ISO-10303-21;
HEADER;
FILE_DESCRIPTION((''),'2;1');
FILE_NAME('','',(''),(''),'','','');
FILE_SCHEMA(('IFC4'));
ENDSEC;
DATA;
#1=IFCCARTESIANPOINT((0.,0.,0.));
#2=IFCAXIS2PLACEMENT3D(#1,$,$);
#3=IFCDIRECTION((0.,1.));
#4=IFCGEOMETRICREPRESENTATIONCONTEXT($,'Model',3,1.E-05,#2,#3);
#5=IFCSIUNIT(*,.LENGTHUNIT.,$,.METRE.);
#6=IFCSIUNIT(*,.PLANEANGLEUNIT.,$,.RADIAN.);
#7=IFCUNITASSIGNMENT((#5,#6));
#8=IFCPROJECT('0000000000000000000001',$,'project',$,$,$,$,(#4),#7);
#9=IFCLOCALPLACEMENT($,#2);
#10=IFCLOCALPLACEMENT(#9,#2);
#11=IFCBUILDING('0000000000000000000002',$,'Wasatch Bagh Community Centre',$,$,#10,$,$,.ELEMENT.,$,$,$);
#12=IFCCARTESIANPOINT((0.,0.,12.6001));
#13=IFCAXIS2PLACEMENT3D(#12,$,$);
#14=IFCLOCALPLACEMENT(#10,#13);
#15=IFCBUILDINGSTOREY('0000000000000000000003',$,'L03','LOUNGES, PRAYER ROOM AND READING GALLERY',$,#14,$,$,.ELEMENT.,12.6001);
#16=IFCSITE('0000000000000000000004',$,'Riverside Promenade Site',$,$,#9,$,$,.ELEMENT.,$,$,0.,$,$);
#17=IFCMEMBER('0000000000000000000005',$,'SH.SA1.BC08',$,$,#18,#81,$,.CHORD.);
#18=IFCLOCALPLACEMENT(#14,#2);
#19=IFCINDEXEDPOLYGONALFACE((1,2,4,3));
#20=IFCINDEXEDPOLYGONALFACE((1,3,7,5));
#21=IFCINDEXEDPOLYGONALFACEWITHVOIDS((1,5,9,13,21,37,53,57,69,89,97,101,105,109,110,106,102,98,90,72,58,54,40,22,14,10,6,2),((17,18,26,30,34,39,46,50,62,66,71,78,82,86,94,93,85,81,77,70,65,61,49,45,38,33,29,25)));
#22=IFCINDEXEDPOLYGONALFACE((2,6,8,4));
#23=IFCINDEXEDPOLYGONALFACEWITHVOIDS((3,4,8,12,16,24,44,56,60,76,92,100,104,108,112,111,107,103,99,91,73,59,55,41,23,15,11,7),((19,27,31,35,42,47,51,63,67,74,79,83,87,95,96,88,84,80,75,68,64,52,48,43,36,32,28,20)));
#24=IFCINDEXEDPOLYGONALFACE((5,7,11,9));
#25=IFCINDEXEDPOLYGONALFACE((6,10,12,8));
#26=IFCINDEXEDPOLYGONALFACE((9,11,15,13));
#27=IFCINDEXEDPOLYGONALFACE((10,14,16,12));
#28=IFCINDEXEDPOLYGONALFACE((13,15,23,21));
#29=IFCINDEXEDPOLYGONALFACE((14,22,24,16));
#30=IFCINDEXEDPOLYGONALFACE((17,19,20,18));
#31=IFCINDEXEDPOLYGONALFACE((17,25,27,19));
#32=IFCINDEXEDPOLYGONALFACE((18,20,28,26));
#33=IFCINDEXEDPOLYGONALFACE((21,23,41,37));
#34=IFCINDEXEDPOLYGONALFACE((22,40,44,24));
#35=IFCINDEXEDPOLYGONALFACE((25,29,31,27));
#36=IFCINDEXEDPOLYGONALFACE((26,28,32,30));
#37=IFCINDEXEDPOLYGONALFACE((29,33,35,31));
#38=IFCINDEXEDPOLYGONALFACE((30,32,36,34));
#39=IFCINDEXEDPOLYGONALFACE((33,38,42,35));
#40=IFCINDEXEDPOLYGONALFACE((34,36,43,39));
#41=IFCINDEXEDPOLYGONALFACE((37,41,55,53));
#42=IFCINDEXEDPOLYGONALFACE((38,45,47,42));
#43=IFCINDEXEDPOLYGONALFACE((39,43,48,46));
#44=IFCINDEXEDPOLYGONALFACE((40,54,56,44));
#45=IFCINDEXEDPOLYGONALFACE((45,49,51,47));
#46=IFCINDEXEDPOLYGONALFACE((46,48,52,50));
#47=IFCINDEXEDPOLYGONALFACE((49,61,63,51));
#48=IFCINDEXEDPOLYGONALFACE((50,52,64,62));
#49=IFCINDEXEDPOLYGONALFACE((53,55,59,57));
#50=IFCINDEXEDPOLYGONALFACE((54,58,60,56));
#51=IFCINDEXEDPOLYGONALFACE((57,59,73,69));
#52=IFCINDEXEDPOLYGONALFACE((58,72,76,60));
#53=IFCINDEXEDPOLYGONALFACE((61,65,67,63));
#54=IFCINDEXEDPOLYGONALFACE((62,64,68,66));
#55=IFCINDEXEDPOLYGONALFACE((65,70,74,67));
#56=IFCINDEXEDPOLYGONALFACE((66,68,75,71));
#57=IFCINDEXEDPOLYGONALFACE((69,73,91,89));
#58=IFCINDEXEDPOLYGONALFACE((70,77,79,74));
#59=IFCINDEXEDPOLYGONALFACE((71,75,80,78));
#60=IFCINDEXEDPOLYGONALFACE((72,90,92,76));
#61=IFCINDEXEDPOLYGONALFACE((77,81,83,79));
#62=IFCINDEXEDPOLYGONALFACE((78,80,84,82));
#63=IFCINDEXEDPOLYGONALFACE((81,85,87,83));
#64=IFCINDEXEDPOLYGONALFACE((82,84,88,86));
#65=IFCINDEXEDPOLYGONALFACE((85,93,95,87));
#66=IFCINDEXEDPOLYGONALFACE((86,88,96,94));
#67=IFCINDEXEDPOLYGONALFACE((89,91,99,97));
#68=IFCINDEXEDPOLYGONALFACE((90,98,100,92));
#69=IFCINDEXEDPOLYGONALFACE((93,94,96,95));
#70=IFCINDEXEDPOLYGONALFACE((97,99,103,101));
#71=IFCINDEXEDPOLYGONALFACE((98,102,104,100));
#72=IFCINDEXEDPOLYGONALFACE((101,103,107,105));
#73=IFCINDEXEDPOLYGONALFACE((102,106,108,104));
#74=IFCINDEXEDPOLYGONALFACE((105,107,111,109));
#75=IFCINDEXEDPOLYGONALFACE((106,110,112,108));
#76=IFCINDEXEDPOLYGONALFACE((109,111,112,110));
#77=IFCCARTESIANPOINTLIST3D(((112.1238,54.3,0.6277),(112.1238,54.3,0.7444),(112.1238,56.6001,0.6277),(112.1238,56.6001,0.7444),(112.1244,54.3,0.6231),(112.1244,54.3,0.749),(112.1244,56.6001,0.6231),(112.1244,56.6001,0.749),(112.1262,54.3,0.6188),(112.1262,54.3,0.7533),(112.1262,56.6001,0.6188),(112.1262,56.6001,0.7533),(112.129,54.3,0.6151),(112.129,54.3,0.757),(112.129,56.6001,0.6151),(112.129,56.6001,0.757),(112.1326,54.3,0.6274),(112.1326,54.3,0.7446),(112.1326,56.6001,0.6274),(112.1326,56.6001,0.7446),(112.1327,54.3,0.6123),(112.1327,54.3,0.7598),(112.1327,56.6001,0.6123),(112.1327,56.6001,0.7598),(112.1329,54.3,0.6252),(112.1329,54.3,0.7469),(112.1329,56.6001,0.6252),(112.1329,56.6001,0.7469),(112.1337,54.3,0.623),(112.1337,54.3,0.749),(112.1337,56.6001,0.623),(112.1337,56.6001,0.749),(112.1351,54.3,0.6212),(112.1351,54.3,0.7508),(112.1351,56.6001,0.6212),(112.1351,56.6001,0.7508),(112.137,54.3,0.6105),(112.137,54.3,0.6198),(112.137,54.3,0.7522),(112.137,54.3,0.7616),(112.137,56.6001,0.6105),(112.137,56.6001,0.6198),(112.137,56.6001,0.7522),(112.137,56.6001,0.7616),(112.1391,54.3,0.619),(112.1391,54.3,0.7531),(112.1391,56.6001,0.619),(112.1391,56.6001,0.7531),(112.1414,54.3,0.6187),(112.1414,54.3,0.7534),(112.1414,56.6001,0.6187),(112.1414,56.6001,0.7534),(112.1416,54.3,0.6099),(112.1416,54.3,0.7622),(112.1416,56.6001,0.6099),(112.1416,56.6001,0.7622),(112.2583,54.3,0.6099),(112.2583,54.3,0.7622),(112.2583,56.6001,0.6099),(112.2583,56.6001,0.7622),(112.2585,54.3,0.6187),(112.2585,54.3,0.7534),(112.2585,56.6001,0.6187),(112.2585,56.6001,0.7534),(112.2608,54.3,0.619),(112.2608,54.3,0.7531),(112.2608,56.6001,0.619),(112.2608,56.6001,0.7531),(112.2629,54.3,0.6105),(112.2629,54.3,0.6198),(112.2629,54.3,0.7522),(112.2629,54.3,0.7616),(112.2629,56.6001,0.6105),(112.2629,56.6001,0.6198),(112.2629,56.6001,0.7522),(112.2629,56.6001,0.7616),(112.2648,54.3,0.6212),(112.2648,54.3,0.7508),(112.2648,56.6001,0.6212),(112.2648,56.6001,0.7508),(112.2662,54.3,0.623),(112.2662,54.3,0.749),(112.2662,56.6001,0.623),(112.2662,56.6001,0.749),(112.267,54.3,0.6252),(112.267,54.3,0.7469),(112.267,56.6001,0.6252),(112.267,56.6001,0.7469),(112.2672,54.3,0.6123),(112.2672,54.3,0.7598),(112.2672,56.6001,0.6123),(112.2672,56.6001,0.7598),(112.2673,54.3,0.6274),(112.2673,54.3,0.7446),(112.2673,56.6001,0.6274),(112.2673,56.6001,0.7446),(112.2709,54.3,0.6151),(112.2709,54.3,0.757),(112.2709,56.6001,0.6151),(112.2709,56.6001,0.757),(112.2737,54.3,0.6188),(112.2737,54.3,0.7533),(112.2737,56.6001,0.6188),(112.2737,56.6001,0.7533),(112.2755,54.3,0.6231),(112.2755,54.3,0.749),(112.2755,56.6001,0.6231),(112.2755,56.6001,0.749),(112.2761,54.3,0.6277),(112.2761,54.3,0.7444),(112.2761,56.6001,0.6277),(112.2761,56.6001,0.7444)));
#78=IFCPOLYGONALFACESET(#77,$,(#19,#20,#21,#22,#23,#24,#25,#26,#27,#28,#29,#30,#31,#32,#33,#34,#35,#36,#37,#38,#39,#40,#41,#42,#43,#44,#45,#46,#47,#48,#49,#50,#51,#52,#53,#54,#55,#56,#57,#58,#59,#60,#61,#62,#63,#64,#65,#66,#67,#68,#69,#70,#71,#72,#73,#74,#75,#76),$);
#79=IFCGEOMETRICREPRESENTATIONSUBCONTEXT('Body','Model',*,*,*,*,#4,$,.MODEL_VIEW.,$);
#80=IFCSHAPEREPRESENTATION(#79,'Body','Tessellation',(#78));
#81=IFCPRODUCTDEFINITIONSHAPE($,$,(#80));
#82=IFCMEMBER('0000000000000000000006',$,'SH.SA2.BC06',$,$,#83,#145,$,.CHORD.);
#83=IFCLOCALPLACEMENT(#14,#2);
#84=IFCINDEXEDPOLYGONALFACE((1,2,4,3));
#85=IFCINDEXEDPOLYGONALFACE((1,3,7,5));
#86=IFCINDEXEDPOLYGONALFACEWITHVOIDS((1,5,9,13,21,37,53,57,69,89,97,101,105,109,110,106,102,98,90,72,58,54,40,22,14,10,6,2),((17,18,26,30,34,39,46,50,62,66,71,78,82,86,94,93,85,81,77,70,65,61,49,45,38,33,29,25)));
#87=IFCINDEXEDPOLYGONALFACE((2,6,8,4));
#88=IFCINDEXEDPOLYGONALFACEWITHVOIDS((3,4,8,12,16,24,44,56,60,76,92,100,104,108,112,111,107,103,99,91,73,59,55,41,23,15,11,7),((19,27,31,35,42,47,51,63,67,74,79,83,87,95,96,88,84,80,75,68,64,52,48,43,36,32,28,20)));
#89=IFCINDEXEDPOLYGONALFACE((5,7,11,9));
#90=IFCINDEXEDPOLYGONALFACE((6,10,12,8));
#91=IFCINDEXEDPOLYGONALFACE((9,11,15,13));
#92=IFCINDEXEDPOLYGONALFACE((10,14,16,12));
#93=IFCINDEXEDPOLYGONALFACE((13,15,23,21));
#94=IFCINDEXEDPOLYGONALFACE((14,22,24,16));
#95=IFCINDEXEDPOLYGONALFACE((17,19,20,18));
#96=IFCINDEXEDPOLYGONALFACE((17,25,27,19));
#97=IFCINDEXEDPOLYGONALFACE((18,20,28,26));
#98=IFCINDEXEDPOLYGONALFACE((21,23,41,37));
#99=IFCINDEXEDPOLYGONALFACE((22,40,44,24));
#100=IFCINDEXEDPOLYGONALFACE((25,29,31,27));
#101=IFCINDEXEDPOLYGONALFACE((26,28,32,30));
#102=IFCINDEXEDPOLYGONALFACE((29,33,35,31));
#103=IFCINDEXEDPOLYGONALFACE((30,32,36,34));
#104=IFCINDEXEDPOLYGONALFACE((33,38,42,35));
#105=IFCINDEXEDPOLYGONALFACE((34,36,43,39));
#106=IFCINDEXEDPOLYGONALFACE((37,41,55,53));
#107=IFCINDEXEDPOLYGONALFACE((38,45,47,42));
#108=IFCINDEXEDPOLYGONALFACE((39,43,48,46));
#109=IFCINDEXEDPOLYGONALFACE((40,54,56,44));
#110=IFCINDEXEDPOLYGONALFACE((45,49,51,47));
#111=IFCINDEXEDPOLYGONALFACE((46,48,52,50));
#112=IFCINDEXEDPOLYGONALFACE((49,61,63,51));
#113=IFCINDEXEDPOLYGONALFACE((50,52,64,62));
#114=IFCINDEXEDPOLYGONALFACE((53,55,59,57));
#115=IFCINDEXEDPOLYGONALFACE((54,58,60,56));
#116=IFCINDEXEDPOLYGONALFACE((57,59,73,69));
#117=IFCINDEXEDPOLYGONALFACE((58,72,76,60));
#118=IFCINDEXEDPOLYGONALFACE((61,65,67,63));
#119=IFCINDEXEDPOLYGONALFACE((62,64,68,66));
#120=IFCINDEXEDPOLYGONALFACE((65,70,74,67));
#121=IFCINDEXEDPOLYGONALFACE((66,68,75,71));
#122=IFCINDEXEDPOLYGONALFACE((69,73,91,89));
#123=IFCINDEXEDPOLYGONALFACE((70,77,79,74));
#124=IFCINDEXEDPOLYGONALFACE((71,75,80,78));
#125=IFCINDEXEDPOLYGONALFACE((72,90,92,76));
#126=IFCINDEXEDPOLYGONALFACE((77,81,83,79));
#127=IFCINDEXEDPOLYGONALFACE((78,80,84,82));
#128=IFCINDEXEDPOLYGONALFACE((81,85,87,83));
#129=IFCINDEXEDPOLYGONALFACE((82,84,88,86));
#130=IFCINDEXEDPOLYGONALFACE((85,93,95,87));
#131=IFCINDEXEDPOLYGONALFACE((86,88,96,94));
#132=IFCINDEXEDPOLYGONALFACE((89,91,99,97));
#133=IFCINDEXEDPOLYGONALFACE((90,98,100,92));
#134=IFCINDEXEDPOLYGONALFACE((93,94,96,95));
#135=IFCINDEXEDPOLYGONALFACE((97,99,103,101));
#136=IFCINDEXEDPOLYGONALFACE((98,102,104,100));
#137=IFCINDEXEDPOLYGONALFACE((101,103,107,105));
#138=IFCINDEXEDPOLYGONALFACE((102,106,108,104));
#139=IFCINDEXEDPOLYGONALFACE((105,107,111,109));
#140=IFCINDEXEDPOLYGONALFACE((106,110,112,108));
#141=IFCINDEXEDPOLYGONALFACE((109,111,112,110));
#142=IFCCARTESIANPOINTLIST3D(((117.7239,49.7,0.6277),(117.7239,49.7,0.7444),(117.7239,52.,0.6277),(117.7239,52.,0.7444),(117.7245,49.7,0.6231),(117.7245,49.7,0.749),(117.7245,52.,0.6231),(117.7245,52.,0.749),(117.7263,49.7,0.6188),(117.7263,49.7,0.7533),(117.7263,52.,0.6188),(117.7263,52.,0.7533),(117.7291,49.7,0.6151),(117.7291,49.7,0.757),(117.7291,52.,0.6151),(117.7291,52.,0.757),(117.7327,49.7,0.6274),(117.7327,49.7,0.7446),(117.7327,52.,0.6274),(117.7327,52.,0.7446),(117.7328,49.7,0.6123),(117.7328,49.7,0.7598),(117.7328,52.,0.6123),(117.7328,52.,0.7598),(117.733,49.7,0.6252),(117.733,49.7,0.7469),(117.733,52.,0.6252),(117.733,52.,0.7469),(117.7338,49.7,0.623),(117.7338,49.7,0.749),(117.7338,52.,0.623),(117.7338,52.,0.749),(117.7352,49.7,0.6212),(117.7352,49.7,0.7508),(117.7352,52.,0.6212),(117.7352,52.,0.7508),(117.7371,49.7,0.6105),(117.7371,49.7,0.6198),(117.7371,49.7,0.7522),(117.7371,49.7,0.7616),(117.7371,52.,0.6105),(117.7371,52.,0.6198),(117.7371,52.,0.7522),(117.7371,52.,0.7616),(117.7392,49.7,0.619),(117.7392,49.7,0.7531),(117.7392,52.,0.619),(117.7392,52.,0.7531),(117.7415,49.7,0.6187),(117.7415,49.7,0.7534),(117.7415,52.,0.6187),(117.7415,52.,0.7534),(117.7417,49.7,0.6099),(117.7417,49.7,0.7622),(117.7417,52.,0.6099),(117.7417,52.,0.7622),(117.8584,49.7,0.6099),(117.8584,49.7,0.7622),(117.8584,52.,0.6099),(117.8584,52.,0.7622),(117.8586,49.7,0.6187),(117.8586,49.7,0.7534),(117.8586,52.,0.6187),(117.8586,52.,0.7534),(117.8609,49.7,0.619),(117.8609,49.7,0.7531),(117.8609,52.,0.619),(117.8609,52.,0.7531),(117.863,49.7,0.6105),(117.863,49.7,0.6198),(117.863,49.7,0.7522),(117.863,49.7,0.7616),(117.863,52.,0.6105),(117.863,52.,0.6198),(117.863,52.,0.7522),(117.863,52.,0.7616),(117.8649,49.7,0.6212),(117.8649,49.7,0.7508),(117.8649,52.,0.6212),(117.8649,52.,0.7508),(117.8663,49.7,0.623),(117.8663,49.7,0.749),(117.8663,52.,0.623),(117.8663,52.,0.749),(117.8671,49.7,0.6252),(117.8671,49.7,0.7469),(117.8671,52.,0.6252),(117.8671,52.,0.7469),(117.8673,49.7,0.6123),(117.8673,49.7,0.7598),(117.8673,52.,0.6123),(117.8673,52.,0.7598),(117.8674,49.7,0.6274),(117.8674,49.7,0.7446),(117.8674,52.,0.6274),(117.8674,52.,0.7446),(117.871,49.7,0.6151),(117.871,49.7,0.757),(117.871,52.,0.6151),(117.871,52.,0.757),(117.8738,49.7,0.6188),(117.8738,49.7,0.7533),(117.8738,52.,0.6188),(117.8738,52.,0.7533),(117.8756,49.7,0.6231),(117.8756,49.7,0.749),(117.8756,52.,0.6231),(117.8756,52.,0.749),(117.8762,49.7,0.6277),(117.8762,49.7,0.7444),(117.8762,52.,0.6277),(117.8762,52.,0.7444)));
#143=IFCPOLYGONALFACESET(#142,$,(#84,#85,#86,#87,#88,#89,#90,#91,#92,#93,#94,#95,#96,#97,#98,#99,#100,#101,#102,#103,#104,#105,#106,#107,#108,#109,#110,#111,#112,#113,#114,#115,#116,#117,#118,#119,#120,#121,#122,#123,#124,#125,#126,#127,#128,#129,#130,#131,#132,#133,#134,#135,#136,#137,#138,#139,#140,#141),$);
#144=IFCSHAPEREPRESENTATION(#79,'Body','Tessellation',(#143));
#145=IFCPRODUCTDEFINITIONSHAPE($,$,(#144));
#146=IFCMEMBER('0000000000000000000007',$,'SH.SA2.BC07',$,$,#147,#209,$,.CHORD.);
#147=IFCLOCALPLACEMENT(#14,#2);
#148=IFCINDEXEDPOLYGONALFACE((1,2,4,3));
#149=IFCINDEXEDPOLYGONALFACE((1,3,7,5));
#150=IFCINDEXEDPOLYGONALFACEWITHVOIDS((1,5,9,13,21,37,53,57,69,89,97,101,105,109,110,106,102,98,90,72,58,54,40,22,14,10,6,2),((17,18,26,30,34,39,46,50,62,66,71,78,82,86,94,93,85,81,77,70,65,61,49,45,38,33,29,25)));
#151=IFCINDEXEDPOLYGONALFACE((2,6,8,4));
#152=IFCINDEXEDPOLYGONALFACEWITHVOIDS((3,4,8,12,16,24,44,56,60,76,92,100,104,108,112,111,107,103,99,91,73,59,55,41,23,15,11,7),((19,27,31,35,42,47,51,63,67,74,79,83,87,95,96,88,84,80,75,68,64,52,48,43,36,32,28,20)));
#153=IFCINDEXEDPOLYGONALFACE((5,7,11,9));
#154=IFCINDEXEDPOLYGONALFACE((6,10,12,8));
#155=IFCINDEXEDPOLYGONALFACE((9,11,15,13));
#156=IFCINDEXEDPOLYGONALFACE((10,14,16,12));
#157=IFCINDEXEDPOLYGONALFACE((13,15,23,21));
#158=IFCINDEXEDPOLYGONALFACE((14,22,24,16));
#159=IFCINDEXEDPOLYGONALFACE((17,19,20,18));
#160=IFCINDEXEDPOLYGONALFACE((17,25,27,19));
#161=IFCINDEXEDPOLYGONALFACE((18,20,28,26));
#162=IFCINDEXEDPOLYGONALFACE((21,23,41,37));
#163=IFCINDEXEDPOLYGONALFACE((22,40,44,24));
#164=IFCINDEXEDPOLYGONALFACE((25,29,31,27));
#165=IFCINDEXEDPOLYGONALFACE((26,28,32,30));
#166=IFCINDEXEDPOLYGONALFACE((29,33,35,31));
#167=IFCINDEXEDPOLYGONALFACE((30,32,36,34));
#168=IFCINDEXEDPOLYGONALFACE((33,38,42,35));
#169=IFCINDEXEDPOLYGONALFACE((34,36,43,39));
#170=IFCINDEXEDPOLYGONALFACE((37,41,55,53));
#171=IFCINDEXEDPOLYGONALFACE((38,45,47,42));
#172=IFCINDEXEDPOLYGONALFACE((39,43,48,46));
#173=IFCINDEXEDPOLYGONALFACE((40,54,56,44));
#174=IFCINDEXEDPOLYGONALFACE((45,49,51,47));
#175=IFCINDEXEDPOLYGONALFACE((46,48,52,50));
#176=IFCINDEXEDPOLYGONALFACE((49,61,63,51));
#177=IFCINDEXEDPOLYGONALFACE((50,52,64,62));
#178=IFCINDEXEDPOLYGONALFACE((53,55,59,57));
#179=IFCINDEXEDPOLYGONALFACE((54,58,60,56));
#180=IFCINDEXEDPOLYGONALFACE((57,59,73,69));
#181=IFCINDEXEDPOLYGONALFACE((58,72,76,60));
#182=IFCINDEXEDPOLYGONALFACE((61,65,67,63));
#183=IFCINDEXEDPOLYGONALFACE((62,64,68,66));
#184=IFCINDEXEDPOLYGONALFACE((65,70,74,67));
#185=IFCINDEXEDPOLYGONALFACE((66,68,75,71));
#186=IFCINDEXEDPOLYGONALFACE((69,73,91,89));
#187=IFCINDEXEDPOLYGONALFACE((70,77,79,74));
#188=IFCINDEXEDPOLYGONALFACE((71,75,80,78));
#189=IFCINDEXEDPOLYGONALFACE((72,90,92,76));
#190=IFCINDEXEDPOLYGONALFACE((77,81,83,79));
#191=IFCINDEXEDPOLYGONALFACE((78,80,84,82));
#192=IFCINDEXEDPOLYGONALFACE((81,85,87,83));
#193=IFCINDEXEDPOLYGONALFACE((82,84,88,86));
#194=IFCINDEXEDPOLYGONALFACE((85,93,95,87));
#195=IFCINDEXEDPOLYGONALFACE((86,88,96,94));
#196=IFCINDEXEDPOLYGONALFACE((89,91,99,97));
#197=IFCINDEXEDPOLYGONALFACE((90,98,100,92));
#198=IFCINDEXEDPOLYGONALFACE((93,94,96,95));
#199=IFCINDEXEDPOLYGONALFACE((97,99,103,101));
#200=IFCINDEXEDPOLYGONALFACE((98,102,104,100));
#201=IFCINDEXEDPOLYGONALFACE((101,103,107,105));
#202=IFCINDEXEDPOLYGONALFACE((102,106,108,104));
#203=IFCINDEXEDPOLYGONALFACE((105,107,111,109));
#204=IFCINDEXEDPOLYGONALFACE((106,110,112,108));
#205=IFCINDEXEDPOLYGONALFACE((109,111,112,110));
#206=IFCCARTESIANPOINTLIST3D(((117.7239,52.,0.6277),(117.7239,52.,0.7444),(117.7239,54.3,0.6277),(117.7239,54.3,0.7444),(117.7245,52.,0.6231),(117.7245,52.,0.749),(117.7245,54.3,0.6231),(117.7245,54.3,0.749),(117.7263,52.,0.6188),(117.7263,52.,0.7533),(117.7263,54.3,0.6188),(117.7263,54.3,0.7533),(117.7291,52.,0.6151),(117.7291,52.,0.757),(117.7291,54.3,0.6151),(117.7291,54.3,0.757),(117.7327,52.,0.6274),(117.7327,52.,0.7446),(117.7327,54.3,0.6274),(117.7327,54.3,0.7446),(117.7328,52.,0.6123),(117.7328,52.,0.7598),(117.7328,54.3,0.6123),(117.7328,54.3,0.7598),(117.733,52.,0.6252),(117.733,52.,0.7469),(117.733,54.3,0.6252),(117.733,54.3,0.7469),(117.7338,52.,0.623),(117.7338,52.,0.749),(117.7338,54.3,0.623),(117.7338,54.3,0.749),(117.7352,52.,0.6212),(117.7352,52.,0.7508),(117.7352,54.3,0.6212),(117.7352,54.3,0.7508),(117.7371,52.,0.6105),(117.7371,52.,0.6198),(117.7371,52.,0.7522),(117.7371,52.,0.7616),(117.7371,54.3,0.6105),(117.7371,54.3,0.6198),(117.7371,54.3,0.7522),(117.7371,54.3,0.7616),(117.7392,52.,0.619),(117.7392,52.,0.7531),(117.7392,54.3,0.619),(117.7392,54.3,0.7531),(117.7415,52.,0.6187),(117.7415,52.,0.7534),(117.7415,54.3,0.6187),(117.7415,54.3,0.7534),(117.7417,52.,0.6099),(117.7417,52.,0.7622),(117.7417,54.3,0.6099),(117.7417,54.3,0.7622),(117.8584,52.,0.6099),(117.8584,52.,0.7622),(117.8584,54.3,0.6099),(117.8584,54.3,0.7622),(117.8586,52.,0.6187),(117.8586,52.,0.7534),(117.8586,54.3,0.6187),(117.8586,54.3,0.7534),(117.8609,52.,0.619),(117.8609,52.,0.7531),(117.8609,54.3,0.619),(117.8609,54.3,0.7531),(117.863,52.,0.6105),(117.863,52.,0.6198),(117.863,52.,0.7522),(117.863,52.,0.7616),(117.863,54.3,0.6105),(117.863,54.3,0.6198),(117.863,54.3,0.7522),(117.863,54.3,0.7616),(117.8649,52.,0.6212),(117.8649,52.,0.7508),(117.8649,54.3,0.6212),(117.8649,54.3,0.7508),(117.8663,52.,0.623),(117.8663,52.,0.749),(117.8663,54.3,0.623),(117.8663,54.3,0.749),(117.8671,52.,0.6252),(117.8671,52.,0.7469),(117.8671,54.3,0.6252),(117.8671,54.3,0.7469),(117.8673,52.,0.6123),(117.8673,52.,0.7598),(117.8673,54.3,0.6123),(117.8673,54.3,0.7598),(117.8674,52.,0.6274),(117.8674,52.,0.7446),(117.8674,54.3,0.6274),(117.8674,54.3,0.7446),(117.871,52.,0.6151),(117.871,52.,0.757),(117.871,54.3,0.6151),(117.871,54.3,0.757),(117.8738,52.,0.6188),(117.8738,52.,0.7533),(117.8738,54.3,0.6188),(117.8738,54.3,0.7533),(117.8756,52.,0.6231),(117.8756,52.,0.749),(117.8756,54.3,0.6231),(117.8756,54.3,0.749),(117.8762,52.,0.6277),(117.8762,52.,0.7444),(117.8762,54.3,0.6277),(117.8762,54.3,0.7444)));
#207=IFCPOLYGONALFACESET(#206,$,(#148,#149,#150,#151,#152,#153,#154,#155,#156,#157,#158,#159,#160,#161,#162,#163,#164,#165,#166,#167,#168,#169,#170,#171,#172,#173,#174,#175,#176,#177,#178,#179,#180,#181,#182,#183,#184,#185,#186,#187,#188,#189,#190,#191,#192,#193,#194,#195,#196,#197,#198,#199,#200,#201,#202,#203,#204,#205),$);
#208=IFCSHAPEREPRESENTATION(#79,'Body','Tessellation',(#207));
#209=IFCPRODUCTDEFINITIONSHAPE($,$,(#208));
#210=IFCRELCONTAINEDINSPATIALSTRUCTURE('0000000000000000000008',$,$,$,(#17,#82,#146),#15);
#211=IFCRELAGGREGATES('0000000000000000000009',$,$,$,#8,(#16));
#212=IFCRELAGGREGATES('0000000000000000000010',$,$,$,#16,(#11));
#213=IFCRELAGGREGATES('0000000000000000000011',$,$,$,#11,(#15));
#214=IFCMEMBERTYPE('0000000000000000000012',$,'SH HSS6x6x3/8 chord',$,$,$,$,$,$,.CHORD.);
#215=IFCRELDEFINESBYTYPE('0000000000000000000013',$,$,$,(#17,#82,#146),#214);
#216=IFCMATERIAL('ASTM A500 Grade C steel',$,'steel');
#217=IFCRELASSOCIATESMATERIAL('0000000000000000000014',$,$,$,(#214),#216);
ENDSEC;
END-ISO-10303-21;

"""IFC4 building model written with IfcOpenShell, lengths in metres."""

from ifc_helpers import new_model, si_unit, direction, frame, origin, origin_2d, place, context, subcontext, project, spatial, hollow_rectangle, extrude, material, material_profile, profile_set, type_object, element, save


model = new_model("IFC4")

# Units and contexts
model_context = context("Model", 3, precision=1e-05, world=origin(), true_north=direction((0.0, 1.0)))
body_context = subcontext(model_context, "Body", "Model", "MODEL_VIEW")
ifc_project = project(units=[si_unit("LENGTHUNIT", "METRE"), si_unit("PLANEANGLEUNIT", "RADIAN")], contexts=[model_context])

# Site, building, storey
site_placement = place(None, origin())
site = spatial("IfcSite", under=ifc_project, at=site_placement, Name="Riverside Promenade Site", CompositionType="ELEMENT", RefElevation=0.0)
building_placement = place(site_placement, origin())
building = spatial("IfcBuilding", under=site, at=building_placement, Name="Wasatch Bagh Community Centre", CompositionType="ELEMENT")
storey_placement = place(building_placement, frame((0.0, 0.0, 12.6001)))
storey = spatial("IfcBuildingStorey", under=building, at=storey_placement, Name="L03", Description="LOUNGES, PRAYER ROOM AND READING GALLERY", CompositionType="ELEMENT", Elevation=12.6001)

# Members
ifc_material_1 = material(Name="ASTM A500 Grade C steel", Category="steel")
ifc_material_profile_1 = material_profile(ifc_material_1, hollow_rectangle(XDim=0.1523, YDim=0.1523, WallThickness=0.0088, InnerFilletRadius=0.0088, OuterFilletRadius=0.0178, at=origin_2d()), Name="HSS6x6x3/8")
ifc_profile_set_1 = profile_set([ifc_material_profile_1], Name="ASTM A500 Grade C steel")
member_type_1 = type_object("IfcMemberType", Name="SH HSS6x6x3/8 chord", PredefinedType="CHORD", material=ifc_profile_set_1)
for number, where, z_axis, x_axis, name in (
    (1, (112.2, 54.3, 0.686), (0.0, 1.0, 0.0), (-1.0, 0.0, 0.0), "SH.SA1.BC08"),
    (2, (117.8, 49.7, 0.686), (0.0, 1.0, 0.0), (-1.0, 0.0, 0.0), "SH.SA2.BC06"),
    (3, (117.8, 52.0, 0.686), (0.0, 1.0, 0.0), (-1.0, 0.0, 0.0), "SH.SA2.BC07"),
):
    element("IfcMember", number, at=place(storey_placement, frame(where, z_axis=z_axis, x_axis=x_axis)), inside=storey, type_object=member_type_1, Name=name, PredefinedType="CHORD", context=body_context, shape_type="SweptSolid", body=[
        extrude(hollow_rectangle(XDim=0.1523, YDim=0.1523, WallThickness=0.0088, InnerFilletRadius=0.0088, OuterFilletRadius=0.0178, at=origin_2d()), origin(), (0.0, 0.0, 1.0), 2.3),
    ])

save(model, "model.ifc")
